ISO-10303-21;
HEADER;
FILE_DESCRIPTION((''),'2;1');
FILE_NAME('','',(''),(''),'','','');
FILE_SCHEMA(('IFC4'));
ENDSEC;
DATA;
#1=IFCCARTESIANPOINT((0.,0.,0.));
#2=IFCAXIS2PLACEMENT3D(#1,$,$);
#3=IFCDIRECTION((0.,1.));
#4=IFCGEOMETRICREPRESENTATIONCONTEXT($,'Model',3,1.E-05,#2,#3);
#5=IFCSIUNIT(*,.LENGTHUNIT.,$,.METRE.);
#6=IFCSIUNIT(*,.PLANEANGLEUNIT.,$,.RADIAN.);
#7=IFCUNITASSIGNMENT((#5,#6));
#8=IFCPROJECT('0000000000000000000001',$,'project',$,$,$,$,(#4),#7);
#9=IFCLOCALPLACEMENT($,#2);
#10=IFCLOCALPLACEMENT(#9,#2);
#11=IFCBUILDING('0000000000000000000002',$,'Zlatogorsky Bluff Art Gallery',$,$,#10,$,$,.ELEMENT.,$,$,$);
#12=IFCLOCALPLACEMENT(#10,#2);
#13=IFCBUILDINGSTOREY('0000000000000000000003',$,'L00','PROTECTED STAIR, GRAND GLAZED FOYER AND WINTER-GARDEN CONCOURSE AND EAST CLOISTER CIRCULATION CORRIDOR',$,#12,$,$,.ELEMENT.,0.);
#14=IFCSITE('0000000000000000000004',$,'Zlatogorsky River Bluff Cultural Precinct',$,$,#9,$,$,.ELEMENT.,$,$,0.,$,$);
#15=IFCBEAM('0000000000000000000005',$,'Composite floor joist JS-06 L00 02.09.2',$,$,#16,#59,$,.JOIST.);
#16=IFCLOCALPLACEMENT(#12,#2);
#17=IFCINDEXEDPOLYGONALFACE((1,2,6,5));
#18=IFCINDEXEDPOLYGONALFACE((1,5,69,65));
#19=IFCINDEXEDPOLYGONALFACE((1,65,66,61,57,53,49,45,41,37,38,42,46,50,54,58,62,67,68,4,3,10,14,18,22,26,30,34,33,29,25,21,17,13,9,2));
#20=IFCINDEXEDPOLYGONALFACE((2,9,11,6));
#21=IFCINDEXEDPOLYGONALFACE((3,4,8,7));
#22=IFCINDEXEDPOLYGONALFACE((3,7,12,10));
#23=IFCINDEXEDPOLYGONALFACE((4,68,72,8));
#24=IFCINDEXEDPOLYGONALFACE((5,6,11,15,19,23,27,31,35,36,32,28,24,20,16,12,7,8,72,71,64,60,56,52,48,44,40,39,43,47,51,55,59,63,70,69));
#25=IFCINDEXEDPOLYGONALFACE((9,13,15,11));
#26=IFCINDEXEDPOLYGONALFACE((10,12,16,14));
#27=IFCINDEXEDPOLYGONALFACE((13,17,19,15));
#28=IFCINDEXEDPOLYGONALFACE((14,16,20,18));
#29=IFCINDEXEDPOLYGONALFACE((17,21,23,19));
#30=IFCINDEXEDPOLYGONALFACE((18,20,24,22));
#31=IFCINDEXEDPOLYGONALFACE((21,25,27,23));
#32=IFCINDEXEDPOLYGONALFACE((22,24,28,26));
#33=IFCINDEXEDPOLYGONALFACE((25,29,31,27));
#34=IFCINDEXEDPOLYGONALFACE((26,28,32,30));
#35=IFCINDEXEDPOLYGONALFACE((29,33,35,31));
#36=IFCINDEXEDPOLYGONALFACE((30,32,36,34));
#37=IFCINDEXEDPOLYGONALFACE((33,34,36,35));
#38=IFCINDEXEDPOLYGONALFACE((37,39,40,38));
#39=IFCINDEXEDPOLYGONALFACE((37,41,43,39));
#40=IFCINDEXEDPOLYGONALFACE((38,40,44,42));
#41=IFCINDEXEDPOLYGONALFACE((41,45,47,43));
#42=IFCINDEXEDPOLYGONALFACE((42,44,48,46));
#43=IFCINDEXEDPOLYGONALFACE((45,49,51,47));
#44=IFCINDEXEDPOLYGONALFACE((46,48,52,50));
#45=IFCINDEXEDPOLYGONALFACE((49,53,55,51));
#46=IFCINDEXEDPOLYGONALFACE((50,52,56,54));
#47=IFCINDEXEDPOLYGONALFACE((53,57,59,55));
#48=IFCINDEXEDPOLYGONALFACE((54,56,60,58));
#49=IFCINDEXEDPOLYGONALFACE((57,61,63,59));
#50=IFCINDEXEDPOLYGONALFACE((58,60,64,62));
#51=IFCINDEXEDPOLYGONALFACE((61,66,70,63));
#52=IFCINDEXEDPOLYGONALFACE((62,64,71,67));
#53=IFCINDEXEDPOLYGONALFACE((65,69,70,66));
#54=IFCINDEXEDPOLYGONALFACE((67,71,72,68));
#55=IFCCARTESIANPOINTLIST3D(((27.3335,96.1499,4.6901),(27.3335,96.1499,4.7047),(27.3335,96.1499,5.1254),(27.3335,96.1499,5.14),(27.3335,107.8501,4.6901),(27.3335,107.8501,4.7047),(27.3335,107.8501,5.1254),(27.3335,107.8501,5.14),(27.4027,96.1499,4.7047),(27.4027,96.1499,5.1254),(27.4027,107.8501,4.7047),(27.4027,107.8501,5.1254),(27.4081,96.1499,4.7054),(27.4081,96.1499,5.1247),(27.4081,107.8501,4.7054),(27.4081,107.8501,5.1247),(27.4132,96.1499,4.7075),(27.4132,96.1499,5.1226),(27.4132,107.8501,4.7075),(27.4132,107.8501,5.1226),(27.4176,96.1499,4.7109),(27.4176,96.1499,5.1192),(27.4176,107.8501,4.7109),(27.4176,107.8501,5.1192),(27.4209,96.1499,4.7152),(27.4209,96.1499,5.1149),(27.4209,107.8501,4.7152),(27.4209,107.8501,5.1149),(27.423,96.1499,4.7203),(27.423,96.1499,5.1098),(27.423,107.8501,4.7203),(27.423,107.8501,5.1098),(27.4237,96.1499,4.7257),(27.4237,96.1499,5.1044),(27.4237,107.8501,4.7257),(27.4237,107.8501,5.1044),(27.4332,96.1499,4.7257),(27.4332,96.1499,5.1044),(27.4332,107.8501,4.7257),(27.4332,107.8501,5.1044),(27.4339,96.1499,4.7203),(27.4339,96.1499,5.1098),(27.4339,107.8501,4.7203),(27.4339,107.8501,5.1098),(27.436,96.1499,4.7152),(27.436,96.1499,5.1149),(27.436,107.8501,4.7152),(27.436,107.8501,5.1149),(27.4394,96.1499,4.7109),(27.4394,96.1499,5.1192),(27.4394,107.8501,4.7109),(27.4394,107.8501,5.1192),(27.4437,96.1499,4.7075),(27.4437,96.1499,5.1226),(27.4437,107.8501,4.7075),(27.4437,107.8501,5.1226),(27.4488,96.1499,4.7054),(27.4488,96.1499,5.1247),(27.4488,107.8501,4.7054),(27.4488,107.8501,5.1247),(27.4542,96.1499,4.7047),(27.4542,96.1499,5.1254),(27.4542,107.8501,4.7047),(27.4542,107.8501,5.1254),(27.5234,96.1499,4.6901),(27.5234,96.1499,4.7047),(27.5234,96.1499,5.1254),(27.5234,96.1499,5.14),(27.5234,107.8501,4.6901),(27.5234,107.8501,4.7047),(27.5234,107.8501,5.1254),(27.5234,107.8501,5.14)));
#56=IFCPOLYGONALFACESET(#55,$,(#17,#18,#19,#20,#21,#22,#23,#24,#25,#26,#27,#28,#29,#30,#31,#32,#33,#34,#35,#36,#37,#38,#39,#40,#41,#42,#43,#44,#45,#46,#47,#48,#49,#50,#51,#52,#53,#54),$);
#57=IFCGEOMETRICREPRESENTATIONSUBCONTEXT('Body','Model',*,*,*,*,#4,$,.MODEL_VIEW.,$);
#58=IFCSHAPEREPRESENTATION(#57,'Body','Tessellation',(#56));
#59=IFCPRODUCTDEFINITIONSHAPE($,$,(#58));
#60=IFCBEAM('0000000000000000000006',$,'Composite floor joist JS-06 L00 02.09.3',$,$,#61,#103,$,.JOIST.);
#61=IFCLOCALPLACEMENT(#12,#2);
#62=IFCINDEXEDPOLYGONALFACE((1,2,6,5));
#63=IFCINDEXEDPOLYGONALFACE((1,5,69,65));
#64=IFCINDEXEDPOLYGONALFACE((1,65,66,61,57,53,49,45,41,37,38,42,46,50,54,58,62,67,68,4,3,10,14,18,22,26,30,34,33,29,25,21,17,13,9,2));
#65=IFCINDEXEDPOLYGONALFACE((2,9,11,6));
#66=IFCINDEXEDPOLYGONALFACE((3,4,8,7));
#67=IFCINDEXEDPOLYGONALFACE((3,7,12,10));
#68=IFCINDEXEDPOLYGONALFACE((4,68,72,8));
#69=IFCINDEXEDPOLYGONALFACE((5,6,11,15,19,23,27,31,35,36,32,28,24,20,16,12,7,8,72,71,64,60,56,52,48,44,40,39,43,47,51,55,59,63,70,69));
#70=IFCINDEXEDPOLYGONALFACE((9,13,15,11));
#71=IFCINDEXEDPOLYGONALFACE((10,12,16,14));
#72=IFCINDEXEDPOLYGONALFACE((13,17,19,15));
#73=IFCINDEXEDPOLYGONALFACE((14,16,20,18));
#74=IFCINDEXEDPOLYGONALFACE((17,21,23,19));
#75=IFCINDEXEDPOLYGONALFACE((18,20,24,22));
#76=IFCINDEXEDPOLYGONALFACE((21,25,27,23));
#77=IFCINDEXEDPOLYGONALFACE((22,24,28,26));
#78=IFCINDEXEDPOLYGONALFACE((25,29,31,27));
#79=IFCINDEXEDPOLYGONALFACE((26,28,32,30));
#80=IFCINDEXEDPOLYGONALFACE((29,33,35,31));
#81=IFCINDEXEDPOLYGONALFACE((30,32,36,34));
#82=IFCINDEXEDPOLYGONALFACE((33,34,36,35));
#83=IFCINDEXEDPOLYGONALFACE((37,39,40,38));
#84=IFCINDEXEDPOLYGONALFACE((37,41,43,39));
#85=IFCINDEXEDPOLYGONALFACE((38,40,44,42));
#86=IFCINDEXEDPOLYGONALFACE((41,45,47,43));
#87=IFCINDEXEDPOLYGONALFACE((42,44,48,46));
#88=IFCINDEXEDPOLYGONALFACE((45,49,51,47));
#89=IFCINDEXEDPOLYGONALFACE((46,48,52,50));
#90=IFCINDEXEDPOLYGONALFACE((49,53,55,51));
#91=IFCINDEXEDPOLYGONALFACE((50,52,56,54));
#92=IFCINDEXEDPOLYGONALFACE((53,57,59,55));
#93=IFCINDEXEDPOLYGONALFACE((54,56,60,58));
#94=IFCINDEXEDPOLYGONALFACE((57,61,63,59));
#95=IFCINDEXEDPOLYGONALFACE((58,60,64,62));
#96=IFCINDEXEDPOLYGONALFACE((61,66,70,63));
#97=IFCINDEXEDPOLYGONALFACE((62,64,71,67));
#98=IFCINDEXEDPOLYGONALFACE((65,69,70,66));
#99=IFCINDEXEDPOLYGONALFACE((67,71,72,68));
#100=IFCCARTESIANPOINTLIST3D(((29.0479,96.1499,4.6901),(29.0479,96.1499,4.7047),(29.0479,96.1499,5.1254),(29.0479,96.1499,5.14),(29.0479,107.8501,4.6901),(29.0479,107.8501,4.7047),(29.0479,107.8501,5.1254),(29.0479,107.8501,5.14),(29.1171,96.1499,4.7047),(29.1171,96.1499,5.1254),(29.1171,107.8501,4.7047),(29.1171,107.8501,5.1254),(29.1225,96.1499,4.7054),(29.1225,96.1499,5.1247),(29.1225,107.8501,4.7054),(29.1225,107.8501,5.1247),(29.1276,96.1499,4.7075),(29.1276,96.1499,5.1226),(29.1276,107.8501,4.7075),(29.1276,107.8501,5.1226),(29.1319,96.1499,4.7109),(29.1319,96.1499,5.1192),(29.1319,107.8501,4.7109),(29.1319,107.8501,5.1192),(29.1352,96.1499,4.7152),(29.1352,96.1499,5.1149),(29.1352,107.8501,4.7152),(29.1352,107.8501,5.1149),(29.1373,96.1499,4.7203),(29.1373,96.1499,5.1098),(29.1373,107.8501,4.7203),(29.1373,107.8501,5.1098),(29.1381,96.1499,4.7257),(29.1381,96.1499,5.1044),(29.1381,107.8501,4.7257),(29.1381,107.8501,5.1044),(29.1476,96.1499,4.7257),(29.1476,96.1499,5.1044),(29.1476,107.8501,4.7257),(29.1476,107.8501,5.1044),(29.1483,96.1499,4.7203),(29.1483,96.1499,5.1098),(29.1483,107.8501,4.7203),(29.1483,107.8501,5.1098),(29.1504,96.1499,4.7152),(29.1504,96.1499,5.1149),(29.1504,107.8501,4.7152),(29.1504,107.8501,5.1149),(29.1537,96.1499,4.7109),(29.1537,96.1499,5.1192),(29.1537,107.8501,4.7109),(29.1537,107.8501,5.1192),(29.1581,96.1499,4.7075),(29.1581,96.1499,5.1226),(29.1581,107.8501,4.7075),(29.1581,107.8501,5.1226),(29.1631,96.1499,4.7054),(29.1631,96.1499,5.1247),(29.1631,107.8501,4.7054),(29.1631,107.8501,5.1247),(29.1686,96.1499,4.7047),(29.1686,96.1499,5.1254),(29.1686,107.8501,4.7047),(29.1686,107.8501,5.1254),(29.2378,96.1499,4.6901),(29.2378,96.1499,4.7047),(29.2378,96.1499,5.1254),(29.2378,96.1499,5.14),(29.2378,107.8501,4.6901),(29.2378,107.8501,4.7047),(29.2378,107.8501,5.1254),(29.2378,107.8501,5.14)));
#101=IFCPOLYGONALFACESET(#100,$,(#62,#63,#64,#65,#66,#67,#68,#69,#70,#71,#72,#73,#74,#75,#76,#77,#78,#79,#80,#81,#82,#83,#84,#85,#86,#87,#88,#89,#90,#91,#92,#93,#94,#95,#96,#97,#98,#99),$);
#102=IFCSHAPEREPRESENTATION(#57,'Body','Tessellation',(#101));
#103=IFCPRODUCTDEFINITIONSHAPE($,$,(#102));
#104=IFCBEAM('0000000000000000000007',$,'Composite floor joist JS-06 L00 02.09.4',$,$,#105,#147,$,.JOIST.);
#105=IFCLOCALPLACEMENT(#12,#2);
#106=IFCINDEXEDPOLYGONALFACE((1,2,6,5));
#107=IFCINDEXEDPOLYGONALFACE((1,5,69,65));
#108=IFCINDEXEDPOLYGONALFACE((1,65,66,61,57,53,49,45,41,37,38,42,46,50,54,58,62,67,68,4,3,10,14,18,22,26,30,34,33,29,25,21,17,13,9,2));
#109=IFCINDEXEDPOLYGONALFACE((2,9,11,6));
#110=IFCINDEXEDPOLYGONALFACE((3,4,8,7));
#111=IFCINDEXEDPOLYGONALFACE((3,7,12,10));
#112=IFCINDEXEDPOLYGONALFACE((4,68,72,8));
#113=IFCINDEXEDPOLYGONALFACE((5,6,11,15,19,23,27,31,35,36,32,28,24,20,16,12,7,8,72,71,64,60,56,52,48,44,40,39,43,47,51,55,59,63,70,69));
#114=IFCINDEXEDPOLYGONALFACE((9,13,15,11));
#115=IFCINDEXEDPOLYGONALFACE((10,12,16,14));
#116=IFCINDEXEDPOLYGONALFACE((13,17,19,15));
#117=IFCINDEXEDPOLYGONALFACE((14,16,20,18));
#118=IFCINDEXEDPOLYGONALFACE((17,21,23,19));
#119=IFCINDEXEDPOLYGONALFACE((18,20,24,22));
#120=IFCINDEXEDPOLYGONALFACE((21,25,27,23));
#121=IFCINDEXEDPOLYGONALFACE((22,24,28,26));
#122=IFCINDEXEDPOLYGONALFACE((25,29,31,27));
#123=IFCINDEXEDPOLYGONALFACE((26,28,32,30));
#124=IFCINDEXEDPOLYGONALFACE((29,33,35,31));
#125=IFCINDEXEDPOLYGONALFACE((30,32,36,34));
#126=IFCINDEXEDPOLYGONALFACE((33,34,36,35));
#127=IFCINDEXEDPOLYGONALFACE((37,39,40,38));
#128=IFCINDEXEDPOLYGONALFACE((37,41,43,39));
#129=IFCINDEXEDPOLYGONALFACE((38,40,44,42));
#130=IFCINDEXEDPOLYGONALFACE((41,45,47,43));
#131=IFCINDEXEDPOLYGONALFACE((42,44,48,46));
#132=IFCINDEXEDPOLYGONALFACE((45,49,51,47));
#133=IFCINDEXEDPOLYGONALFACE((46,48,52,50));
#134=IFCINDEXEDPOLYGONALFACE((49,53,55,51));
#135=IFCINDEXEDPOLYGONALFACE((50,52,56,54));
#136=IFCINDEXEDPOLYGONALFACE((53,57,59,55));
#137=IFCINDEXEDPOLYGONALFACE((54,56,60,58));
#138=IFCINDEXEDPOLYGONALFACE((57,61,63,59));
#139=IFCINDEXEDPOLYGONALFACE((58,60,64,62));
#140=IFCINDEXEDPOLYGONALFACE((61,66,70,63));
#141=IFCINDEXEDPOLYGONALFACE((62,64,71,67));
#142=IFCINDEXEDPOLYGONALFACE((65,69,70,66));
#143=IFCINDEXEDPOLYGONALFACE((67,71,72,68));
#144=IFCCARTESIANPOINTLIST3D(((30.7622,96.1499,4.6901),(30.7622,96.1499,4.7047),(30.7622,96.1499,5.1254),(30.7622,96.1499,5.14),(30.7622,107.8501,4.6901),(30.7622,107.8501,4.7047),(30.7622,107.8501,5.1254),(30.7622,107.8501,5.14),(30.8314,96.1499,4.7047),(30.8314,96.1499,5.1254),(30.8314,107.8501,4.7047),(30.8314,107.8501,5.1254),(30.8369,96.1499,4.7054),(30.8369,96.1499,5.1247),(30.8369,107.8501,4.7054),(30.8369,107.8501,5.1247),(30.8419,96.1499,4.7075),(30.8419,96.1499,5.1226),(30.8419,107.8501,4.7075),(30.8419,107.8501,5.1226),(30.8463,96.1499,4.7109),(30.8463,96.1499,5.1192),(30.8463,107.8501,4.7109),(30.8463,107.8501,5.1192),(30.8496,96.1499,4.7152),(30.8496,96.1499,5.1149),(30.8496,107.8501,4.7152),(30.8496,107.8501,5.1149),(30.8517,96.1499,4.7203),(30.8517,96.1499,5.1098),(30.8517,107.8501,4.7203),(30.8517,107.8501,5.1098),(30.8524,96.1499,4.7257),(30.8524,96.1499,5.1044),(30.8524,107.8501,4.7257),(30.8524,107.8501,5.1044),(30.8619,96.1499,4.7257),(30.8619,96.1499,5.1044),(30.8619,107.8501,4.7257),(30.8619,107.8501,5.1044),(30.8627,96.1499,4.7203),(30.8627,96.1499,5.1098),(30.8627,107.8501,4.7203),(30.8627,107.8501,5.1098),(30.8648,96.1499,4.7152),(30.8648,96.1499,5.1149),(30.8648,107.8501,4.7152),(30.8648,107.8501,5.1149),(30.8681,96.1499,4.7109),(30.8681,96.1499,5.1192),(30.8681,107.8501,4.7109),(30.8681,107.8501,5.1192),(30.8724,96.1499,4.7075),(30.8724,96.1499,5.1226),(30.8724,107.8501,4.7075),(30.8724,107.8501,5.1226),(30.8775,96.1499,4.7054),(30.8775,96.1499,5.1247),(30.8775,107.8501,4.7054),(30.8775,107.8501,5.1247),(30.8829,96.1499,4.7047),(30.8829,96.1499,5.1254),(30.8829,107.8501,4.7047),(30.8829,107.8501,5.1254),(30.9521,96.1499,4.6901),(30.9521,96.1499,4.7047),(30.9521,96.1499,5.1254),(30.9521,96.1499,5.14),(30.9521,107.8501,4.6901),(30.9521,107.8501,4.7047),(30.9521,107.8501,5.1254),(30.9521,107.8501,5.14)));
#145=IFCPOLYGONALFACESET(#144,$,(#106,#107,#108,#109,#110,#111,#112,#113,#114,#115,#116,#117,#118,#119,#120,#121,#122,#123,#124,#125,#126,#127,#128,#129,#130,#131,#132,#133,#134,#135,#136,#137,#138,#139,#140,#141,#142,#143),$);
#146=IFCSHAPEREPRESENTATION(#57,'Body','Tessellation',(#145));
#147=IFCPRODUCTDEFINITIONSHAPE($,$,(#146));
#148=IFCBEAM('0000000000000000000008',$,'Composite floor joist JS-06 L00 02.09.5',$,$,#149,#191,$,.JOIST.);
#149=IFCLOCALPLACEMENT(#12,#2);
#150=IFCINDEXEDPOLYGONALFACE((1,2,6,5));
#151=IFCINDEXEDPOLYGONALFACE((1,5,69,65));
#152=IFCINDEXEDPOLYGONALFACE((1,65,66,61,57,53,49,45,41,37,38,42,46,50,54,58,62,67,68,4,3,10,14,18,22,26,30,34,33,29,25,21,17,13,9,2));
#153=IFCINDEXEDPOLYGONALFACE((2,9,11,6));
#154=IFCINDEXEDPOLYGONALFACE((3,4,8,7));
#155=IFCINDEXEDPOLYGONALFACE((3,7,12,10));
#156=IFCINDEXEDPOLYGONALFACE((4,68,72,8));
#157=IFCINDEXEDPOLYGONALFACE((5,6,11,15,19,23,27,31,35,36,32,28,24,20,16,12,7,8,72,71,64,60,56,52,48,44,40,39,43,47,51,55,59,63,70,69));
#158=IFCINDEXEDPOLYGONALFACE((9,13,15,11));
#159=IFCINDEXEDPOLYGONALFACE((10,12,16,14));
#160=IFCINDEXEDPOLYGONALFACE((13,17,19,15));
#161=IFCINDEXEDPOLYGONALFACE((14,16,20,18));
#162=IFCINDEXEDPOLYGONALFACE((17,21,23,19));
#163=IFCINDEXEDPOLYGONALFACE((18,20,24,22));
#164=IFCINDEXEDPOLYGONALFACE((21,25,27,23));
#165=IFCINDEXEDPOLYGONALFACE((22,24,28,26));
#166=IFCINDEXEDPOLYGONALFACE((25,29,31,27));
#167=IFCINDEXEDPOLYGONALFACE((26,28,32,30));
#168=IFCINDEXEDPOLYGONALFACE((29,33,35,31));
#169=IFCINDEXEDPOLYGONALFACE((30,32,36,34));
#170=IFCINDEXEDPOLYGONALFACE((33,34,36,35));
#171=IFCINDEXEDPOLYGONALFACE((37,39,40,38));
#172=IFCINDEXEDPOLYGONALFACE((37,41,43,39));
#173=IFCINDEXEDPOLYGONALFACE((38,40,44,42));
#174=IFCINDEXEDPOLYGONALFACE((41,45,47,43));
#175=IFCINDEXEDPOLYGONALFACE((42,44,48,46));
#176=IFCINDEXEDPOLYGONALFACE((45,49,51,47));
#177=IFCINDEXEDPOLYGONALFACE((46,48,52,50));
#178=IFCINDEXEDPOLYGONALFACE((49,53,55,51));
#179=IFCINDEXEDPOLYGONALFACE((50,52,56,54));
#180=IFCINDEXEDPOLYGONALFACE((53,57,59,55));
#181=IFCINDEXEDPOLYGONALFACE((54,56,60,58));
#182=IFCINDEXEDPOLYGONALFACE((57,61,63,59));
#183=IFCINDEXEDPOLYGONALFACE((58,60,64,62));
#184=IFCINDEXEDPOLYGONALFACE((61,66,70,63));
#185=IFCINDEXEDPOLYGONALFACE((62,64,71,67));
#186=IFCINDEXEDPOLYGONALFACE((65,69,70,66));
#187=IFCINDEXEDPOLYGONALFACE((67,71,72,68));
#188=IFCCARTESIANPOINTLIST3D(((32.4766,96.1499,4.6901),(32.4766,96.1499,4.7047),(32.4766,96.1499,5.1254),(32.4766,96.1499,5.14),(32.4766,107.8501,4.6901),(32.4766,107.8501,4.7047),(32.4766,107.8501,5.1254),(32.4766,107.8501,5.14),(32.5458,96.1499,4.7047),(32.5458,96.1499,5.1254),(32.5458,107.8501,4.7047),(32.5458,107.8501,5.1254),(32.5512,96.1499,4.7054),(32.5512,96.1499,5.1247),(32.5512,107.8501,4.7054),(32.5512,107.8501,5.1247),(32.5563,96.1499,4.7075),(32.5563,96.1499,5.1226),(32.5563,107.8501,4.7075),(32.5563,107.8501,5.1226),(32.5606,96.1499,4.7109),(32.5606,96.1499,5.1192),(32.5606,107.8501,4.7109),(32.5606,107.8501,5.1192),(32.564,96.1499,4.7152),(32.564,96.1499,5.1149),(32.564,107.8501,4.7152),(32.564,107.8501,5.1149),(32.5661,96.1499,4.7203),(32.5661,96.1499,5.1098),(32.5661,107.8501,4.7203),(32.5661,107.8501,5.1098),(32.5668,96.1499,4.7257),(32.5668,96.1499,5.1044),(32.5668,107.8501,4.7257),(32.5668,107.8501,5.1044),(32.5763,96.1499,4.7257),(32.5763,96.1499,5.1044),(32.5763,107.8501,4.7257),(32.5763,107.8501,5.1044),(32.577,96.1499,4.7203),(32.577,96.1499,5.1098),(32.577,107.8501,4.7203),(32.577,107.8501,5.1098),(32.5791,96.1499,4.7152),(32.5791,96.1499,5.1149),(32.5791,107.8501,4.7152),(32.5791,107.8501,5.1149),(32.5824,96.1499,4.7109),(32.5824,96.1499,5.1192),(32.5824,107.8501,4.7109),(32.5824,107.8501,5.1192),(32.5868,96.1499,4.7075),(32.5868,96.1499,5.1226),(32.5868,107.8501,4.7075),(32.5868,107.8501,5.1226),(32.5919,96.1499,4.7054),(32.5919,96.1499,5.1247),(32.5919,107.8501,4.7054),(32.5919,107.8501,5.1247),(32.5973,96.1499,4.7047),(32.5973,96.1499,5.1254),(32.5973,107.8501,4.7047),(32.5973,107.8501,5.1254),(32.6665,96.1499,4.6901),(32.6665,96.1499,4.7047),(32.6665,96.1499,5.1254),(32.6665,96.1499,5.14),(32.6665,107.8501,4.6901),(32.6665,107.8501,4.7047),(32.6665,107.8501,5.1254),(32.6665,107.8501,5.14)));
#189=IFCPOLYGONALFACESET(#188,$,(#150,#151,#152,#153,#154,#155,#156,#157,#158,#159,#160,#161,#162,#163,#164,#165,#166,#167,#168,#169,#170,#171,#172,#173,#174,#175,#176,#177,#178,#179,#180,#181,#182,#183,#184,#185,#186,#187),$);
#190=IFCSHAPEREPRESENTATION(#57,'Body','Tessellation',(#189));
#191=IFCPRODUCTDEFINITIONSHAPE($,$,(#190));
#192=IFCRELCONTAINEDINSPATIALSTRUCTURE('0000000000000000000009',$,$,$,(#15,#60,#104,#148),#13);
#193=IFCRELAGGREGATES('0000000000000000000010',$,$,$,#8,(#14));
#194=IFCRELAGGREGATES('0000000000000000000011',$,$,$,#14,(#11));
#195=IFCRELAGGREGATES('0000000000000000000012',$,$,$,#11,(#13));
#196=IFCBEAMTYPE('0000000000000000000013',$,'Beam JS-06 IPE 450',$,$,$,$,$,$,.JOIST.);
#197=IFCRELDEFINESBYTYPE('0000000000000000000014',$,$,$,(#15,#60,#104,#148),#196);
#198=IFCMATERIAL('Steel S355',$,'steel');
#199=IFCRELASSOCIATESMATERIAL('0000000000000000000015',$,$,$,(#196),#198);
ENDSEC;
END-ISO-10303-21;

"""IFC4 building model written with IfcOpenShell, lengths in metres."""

from ifc_helpers import new_model, si_unit, direction, frame, origin, origin_2d, place, context, subcontext, project, spatial, i_section, extrude, material, material_profile, profile_set, type_object, element, save


model = new_model("IFC4")

# Units and contexts
model_context = context("Model", 3, precision=1e-05, world=origin(), true_north=direction((0.0, 1.0)))
body_context = subcontext(model_context, "Body", "Model", "MODEL_VIEW")
ifc_project = project(units=[si_unit("LENGTHUNIT", "METRE"), si_unit("PLANEANGLEUNIT", "RADIAN")], contexts=[model_context])

# Site, building, storey
site_placement = place(None, origin())
site = spatial("IfcSite", under=ifc_project, at=site_placement, Name="Zlatogorsky River Bluff Cultural Precinct", CompositionType="ELEMENT", RefElevation=0.0)
building_placement = place(site_placement, origin())
building = spatial("IfcBuilding", under=site, at=building_placement, Name="Zlatogorsky Bluff Art Gallery", CompositionType="ELEMENT")
storey_placement = place(building_placement, origin())
storey = spatial("IfcBuildingStorey", under=building, at=storey_placement, Name="L00", Description="PROTECTED STAIR, GRAND GLAZED FOYER AND WINTER-GARDEN CONCOURSE AND EAST CLOISTER CIRCULATION CORRIDOR", CompositionType="ELEMENT", Elevation=0.0)

# Shared definitions
ifc_material_1 = material(Name="Steel S355", Category="steel")

# Beams
ifc_material_profile_1 = material_profile(ifc_material_1, i_section(OverallWidth=0.1899, OverallDepth=0.45, WebThickness=0.0095, FlangeThickness=0.0146, FilletRadius=0.021, at=origin_2d()), Name="IPE 450")
ifc_profile_set_1 = profile_set([ifc_material_profile_1], Name="Steel S355")
beam_type_1 = type_object("IfcBeamType", Name="Beam JS-06 IPE 450", PredefinedType="JOIST", material=ifc_profile_set_1)
for number, where, z_axis, x_axis, name in (
    (1, (27.4285, 96.1499, 4.915), (0.0, 1.0, 0.0), (-1.0, 0.0, 0.0), "Composite floor joist JS-06 L00 02.09.2"),
    (2, (29.1428, 96.1499, 4.915), (0.0, 1.0, 0.0), (-1.0, 0.0, 0.0), "Composite floor joist JS-06 L00 02.09.3"),
    (3, (30.8572, 96.1499, 4.915), (0.0, 1.0, 0.0), (-1.0, 0.0, 0.0), "Composite floor joist JS-06 L00 02.09.4"),
    (4, (32.5715, 96.1499, 4.915), (0.0, 1.0, 0.0), (-1.0, 0.0, 0.0), "Composite floor joist JS-06 L00 02.09.5"),
):
    element("IfcBeam", number, at=place(storey_placement, frame(where, z_axis=z_axis, x_axis=x_axis)), inside=storey, type_object=beam_type_1, Name=name, PredefinedType="JOIST", context=body_context, shape_type="SweptSolid", body=[
        extrude(i_section(OverallWidth=0.1899, OverallDepth=0.45, WebThickness=0.0095, FlangeThickness=0.0146, FilletRadius=0.021, at=origin_2d()), origin(), (0.0, 0.0, 1.0), 11.7002),
    ])

save(model, "model.ifc")
